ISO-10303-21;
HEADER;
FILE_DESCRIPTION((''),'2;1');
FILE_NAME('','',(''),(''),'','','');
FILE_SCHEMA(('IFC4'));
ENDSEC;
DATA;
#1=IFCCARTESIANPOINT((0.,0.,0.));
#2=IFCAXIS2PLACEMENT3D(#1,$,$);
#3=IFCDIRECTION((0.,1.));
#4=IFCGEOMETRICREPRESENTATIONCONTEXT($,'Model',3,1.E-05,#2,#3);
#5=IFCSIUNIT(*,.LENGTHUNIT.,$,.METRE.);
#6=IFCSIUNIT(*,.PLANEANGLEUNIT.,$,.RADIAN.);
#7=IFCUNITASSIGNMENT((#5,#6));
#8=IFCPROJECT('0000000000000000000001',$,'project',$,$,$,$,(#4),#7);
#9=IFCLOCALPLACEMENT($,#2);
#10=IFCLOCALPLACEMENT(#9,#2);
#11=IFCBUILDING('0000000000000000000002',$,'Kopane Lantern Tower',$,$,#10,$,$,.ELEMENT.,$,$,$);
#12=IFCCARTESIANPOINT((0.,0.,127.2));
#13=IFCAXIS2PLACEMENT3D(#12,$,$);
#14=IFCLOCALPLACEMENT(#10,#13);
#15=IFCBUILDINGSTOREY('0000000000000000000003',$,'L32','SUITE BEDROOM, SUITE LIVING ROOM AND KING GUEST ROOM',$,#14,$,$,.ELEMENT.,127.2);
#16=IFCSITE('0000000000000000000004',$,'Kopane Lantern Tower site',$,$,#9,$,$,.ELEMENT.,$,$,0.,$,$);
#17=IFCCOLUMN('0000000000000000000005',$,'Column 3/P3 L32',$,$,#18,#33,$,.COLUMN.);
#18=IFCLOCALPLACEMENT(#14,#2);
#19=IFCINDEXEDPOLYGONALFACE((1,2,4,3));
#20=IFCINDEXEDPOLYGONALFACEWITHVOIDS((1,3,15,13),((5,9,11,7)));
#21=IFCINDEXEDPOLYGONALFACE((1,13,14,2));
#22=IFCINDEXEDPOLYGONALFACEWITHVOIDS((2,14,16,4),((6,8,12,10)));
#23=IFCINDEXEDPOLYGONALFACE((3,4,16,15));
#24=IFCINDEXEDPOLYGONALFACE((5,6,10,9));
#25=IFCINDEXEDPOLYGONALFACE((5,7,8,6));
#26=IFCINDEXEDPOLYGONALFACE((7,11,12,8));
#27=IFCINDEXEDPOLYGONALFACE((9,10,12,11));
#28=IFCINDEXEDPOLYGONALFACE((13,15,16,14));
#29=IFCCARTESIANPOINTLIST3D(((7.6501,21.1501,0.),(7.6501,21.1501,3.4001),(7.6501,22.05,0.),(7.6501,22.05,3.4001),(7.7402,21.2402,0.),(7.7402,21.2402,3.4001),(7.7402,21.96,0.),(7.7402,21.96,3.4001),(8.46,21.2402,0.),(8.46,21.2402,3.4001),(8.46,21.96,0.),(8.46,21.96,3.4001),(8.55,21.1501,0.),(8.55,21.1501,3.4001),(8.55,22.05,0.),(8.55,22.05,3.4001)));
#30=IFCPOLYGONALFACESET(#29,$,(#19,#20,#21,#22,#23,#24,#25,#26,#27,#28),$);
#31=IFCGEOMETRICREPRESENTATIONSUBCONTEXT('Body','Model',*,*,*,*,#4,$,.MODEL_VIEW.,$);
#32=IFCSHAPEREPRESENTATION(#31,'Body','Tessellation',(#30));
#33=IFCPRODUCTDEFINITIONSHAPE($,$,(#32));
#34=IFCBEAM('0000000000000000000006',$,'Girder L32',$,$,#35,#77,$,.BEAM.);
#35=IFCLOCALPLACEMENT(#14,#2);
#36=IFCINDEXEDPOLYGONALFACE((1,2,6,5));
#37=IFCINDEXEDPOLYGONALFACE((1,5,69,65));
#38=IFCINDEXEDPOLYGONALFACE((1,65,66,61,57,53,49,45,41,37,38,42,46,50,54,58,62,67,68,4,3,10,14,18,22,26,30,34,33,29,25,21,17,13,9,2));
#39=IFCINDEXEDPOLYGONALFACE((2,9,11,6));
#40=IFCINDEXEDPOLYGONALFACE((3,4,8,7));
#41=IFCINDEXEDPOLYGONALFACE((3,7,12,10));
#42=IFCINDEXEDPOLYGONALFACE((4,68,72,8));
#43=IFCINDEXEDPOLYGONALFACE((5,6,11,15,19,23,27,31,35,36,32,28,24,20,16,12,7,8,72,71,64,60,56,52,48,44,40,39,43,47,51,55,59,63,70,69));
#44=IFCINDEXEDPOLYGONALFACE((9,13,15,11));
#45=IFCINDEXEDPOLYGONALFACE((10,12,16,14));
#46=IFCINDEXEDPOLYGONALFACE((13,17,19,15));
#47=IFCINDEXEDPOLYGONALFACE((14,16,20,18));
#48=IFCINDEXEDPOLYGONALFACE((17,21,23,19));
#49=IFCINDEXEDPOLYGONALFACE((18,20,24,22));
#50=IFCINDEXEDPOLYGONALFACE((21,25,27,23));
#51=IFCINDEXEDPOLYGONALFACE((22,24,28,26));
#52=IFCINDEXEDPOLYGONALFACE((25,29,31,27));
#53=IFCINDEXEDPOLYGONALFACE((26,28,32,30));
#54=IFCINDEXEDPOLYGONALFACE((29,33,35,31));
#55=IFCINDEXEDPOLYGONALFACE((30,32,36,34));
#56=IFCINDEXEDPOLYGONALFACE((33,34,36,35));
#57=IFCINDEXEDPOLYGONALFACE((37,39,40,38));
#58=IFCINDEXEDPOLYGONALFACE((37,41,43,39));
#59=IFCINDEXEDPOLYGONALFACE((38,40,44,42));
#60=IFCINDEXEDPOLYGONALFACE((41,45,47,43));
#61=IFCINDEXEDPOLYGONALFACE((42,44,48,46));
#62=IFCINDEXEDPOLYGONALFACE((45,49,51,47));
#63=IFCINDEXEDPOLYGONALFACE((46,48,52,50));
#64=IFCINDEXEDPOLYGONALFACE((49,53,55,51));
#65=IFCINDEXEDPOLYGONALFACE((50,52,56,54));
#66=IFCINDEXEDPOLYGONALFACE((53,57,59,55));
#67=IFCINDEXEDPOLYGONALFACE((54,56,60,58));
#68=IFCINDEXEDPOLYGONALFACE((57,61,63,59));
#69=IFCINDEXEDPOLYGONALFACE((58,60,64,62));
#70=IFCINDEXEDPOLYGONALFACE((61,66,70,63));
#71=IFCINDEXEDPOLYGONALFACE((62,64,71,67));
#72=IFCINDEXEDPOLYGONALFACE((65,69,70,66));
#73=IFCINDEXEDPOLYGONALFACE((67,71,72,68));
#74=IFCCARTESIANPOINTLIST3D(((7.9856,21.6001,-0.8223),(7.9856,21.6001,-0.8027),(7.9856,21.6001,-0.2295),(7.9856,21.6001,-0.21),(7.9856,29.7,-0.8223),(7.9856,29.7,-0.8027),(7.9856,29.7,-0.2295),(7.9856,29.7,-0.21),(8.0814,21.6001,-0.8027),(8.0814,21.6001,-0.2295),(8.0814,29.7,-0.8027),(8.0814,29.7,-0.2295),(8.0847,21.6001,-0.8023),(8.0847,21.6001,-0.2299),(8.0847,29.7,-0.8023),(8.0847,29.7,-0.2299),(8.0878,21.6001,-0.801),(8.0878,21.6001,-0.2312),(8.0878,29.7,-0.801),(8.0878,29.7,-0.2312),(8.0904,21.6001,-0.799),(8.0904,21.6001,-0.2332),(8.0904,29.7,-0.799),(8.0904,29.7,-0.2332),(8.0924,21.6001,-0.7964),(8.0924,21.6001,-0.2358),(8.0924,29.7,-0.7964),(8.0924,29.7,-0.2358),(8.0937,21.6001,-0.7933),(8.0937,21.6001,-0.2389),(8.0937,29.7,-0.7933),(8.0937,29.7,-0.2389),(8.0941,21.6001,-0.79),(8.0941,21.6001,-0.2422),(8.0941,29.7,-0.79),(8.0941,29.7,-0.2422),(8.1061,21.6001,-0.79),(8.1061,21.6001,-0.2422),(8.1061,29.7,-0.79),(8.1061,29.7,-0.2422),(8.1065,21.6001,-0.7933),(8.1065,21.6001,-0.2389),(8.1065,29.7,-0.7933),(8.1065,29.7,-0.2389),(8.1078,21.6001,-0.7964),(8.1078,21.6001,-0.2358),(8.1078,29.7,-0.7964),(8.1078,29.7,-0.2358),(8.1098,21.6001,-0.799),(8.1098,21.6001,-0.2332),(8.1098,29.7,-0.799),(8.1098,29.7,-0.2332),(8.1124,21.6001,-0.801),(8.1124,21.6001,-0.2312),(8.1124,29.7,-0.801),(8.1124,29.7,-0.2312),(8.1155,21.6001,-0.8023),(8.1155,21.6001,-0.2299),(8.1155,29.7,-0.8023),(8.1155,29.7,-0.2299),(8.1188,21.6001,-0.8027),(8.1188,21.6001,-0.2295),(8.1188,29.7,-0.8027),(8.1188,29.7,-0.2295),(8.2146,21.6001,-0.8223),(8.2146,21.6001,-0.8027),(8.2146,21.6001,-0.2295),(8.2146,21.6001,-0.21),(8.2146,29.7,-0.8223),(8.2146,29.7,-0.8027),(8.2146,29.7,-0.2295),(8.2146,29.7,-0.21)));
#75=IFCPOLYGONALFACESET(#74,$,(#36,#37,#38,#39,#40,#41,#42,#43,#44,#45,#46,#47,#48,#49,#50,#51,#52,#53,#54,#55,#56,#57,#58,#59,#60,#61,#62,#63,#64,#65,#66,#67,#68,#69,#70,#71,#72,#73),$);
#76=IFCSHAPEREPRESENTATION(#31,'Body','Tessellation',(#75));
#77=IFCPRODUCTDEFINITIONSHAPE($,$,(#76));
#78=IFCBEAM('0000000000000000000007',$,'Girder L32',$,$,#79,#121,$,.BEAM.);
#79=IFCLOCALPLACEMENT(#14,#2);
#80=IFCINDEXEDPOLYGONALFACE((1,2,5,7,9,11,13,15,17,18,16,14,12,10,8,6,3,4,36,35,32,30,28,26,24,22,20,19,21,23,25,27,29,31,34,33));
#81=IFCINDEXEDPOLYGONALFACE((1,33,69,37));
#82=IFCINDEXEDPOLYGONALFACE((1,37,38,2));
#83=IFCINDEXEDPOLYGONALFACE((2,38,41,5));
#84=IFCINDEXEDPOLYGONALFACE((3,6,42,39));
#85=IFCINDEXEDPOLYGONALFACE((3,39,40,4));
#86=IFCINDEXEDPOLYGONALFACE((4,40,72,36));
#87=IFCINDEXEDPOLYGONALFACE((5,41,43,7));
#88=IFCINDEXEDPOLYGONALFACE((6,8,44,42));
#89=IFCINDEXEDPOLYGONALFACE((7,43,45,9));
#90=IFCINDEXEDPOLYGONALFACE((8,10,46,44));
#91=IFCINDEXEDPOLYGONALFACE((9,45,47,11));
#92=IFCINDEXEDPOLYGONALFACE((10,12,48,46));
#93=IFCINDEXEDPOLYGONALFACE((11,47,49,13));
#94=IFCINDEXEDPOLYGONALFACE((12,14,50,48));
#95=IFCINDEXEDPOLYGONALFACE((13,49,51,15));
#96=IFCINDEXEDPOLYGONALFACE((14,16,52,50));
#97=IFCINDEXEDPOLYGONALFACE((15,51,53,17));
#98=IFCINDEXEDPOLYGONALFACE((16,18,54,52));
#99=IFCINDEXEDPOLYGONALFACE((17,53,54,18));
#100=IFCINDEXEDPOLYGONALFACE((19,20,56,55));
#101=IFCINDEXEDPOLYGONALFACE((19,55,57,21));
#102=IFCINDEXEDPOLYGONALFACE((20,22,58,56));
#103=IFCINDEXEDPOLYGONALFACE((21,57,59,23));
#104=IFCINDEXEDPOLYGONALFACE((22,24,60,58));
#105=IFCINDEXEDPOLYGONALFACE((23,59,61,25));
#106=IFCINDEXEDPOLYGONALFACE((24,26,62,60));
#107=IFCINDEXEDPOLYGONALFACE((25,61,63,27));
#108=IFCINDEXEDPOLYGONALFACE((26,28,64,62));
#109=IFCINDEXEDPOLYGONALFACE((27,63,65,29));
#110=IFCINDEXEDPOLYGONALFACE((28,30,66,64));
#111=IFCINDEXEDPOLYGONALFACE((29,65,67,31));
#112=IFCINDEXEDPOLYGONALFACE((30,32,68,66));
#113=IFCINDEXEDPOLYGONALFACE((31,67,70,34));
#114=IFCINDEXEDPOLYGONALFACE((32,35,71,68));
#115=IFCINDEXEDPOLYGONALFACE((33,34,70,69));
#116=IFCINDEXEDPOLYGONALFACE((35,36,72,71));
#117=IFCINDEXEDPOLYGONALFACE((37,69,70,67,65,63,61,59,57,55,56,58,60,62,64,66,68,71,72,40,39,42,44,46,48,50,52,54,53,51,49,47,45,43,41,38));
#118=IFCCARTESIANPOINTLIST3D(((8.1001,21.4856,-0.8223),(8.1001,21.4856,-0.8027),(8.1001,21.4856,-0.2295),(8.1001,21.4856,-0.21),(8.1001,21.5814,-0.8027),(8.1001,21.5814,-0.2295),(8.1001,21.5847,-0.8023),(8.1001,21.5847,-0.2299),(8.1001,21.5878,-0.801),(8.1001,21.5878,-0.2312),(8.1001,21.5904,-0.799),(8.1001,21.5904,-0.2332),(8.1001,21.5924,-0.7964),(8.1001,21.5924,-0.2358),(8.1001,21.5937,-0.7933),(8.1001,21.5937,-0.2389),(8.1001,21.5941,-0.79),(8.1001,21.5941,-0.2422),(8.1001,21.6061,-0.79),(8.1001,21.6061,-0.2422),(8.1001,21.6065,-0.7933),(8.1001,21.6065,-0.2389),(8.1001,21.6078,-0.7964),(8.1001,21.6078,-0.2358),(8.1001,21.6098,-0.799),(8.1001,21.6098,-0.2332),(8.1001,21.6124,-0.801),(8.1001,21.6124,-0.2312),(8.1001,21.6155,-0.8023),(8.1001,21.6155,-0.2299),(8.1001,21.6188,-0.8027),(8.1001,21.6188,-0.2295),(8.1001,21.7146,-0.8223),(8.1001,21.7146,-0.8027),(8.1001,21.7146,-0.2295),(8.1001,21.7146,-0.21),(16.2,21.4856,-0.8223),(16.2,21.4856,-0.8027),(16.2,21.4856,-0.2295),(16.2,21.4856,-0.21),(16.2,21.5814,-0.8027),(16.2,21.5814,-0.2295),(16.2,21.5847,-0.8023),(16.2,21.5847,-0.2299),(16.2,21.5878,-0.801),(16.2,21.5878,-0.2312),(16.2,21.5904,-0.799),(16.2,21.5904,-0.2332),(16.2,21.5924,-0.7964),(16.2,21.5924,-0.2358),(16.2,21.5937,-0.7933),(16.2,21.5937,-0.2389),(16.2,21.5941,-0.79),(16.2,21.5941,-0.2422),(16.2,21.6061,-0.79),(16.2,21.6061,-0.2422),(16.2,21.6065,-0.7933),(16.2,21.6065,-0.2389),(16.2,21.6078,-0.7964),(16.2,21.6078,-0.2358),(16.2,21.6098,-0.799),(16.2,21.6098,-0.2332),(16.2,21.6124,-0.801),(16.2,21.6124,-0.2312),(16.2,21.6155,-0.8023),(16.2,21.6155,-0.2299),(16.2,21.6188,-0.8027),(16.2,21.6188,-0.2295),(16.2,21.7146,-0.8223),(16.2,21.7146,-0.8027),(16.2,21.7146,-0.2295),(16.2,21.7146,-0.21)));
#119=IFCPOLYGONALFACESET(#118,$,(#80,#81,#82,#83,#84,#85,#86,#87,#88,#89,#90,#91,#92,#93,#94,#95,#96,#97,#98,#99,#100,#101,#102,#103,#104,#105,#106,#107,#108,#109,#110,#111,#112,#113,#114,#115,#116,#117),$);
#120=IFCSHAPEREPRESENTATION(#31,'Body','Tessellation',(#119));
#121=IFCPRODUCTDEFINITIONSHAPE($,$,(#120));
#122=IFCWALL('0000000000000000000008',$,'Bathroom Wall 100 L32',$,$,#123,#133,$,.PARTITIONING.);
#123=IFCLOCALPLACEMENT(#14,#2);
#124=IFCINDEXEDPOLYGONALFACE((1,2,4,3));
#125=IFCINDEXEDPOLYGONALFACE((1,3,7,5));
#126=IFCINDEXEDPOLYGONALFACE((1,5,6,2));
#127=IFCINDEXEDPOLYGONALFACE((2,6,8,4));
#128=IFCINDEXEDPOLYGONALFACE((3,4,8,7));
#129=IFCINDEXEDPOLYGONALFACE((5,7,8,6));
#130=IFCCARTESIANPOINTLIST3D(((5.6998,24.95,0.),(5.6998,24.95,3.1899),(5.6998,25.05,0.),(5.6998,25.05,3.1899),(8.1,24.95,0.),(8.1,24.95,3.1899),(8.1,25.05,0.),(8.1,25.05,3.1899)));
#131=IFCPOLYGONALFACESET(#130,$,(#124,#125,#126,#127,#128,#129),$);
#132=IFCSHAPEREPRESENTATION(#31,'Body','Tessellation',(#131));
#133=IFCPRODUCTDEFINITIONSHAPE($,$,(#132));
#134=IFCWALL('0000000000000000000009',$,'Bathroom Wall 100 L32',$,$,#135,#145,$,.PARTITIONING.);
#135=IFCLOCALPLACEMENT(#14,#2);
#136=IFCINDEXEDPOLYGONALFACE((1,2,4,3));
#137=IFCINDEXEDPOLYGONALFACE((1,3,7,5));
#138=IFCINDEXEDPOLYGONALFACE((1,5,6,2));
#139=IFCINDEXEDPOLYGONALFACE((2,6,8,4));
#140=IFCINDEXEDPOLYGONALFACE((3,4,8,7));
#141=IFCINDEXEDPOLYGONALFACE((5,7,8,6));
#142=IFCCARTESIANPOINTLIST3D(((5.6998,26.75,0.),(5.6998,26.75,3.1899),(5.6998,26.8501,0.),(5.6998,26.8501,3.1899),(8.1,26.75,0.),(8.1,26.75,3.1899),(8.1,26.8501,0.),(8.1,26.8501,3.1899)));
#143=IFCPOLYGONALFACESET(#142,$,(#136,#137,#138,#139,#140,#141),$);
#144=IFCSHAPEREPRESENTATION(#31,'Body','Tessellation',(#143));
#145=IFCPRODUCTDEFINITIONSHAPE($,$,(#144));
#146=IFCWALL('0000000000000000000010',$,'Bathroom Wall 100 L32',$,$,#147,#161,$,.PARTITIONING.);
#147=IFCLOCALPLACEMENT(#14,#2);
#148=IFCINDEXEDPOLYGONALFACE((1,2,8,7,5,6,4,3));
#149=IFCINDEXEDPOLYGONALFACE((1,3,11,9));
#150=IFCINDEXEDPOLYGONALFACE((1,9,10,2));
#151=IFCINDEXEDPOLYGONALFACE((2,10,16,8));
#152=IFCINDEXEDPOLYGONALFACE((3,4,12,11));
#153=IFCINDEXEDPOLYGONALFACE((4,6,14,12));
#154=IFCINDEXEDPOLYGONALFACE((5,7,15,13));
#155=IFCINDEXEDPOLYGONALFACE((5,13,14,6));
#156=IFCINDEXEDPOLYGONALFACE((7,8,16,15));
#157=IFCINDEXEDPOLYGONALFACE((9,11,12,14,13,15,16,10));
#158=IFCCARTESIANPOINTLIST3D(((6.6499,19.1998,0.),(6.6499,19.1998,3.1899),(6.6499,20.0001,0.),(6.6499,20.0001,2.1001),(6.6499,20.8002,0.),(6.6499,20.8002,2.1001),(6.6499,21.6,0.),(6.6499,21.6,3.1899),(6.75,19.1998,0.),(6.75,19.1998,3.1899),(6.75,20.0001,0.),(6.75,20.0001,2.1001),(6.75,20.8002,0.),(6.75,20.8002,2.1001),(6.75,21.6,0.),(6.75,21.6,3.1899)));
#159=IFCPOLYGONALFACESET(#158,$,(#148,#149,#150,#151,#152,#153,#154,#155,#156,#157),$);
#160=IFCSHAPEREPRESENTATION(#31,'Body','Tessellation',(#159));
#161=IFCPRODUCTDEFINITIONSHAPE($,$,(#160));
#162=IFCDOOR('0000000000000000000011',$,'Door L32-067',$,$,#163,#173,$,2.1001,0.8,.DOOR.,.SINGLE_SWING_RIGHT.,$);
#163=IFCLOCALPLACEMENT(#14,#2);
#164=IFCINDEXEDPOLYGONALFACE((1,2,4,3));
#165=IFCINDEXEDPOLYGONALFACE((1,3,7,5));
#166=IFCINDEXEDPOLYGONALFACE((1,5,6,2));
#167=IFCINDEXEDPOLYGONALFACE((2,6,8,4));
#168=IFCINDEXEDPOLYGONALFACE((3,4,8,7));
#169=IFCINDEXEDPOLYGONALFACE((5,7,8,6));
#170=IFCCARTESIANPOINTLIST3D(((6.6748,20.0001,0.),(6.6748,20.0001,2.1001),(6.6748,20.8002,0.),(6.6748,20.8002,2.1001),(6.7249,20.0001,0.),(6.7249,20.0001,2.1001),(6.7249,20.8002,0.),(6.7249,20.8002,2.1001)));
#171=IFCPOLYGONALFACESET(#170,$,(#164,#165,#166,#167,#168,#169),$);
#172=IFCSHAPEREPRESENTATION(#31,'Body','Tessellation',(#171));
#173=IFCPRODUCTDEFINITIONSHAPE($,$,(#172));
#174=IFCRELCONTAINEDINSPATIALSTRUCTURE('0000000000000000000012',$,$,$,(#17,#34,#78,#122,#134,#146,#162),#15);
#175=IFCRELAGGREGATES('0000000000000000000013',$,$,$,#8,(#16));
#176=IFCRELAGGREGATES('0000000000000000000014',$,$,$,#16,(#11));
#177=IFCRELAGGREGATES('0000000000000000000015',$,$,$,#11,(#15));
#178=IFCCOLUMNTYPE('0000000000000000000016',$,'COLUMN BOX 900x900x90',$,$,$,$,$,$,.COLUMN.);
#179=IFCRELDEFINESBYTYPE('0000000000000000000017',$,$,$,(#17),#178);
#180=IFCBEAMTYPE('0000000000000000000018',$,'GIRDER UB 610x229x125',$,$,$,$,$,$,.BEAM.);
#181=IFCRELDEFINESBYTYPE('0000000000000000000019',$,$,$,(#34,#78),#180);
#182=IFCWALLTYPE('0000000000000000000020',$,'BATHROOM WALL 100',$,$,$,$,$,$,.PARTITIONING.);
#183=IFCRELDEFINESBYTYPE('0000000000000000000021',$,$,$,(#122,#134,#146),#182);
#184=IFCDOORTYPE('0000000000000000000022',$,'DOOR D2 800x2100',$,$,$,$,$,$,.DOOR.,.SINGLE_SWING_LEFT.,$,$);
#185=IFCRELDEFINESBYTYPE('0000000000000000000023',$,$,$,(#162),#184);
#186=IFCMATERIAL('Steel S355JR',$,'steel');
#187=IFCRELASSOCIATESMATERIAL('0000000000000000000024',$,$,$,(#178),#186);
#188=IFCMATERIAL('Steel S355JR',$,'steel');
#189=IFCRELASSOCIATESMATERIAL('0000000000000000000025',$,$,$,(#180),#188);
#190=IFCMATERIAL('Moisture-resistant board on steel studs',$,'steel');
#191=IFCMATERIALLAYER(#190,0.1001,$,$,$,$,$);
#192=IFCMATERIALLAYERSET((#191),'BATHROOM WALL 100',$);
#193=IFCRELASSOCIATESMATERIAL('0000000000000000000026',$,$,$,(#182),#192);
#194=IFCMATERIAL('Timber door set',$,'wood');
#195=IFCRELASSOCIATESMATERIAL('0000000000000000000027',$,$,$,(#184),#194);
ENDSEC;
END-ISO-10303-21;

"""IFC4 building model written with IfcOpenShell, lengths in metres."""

from ifc_helpers import new_model, si_unit, direction, frame, frame_2d, origin, origin_2d, place, context, subcontext, project, spatial, rectangle, hollow_rectangle, i_section, extrude, material, layer, layer_set, material_profile, profile_set, type_object, element, fill, save


model = new_model("IFC4")

# Units and contexts
model_context = context("Model", 3, precision=1e-05, world=origin(), true_north=direction((0.0, 1.0)))
body_context = subcontext(model_context, "Body", "Model", "MODEL_VIEW")
ifc_project = project(units=[si_unit("LENGTHUNIT", "METRE"), si_unit("PLANEANGLEUNIT", "RADIAN")], contexts=[model_context])

# Site, building, storey
site_placement = place(None, origin())
site = spatial("IfcSite", under=ifc_project, at=site_placement, Name="Kopane Lantern Tower site", CompositionType="ELEMENT", RefElevation=0.0)
building_placement = place(site_placement, origin())
building = spatial("IfcBuilding", under=site, at=building_placement, Name="Kopane Lantern Tower", CompositionType="ELEMENT")
storey_placement = place(building_placement, frame((0.0, 0.0, 127.2)))
storey = spatial("IfcBuildingStorey", under=building, at=storey_placement, Name="L32", Description="SUITE BEDROOM, SUITE LIVING ROOM AND KING GUEST ROOM", CompositionType="ELEMENT", Elevation=127.2)

# Column
ifc_material_1 = material(Name="Steel S355JR", Category="steel")
ifc_material_profile_1 = material_profile(ifc_material_1, hollow_rectangle(XDim=0.8999, YDim=0.8999, WallThickness=0.0901, at=origin_2d()), Name="BOX 900x900x90")
ifc_profile_set_1 = profile_set([ifc_material_profile_1], Name="Steel S355JR")
column_type = type_object("IfcColumnType", Name="COLUMN BOX 900x900x90", PredefinedType="COLUMN", material=ifc_profile_set_1)
column_placement = place(storey_placement, frame((8.1001, 21.6001, 0.0), z_axis=(0.0, 0.0, 1.0), x_axis=(1.0, 0.0, 0.0)))
element("IfcColumn", 1, at=column_placement, inside=storey, type_object=column_type, Name="Column 3/P3 L32", PredefinedType="COLUMN", context=body_context, shape_type="SweptSolid", body=[
    extrude(hollow_rectangle(XDim=0.8999, YDim=0.8999, WallThickness=0.0901, at=origin_2d()), origin(), (0.0, 0.0, 1.0), 3.4001),
])

# Beams
ifc_material_2 = material(Name="Steel S355JR", Category="steel")
ifc_material_profile_2 = material_profile(ifc_material_2, i_section(OverallWidth=0.229, OverallDepth=0.6123, WebThickness=0.012, FlangeThickness=0.0195, FilletRadius=0.0127, at=origin_2d()), Name="UB 610x229x125")
ifc_profile_set_2 = profile_set([ifc_material_profile_2], Name="Steel S355JR")
beam_type = type_object("IfcBeamType", Name="GIRDER UB 610x229x125", PredefinedType="BEAM", material=ifc_profile_set_2)
for number, where, z_axis, x_axis, name in (
    (2, (8.1001, 21.6001, -0.5161), (0.0, 1.0, 0.0), (-1.0, 0.0, 0.0), "Girder L32"),
    (3, (8.1001, 21.6001, -0.5161), (1.0, 0.0, 0.0), (0.0, 1.0, 0.0), "Girder L32"),
):
    element("IfcBeam", number, at=place(storey_placement, frame(where, z_axis=z_axis, x_axis=x_axis)), inside=storey, type_object=beam_type, Name=name, PredefinedType="BEAM", context=body_context, shape_type="SweptSolid", body=[
        extrude(i_section(OverallWidth=0.229, OverallDepth=0.6123, WebThickness=0.012, FlangeThickness=0.0195, FilletRadius=0.0127, at=origin_2d()), origin(), (0.0, 0.0, 1.0), 8.0999),
    ])

# Walls
ifc_material_3 = material(Name="Moisture-resistant board on steel studs", Category="steel")
ifc_layer_1 = layer(ifc_material_3, 0.1001)
ifc_layer_set_1 = layer_set([ifc_layer_1], Name="BATHROOM WALL 100")
wall_type_1 = type_object("IfcWallType", Name="BATHROOM WALL 100", PredefinedType="PARTITIONING", material=ifc_layer_set_1)
for number, where, z_axis, x_axis, name in (
    (4, (8.1001, 25.0, 0.0), (0.0, 0.0, 1.0), (-1.0, 0.0, 0.0), "Bathroom Wall 100 L32"),
    (5, (8.1001, 26.8, 0.0), (0.0, 0.0, 1.0), (-1.0, 0.0, 0.0), "Bathroom Wall 100 L32"),
):
    element("IfcWall", number, at=place(storey_placement, frame(where, z_axis=z_axis, x_axis=x_axis)), inside=storey, type_object=wall_type_1, Name=name, PredefinedType="PARTITIONING", context=body_context, shape_type="SweptSolid", body=[
        extrude(rectangle(XDim=2.4001, YDim=0.1001, at=frame_2d((1.2002, 0.0))), origin(), (0.0, 0.0, 1.0), 3.1899),
    ])

# Wall, opening, door
wall_1_placement = place(storey_placement, frame((6.7, 21.6001, 0.0), z_axis=(0.0, 0.0, 1.0), x_axis=(0.0, -1.0, 0.0)))
wall_1 = element("IfcWall", 6, at=wall_1_placement, inside=storey, type_object=wall_type_1, Name="Bathroom Wall 100 L32", PredefinedType="PARTITIONING", context=body_context, shape_type="SweptSolid", body=[
    extrude(rectangle(XDim=2.4001, YDim=0.1001, at=frame_2d((1.2002, 0.0))), origin(), (0.0, 0.0, 1.0), 3.1899),
])
opening_1_placement = place(wall_1_placement, frame((0.8, 0.0, 0.0)))
opening_1 = element("IfcOpeningElement", 7, at=opening_1_placement, cuts=wall_1, PredefinedType="OPENING", context=body_context, shape_type="SweptSolid", body=[
    extrude(rectangle(XDim=0.8, YDim=2.1001, at=frame_2d((0.3999, 1.05))), frame((0.0, 0.0601, 0.0), z_axis=(0.0, -1.0, 0.0), x_axis=(1.0, 0.0, 0.0)), (0.0, 0.0, 1.0), 0.1201),
])
ifc_material_4 = material(Name="Timber door set", Category="wood")
door_type_1 = type_object("IfcDoorType", Name="DOOR D2 800x2100", OperationType="SINGLE_SWING_LEFT", PredefinedType="DOOR", material=ifc_material_4)
door_1_placement = place(opening_1_placement, origin())
door_1 = element("IfcDoor", 8, at=door_1_placement, inside=storey, type_object=door_type_1, Name="Door L32-067", OperationType="SINGLE_SWING_RIGHT", OverallHeight=2.1001, OverallWidth=0.8, PredefinedType="DOOR", context=body_context, shape_type="SweptSolid", body=[
    extrude(rectangle(XDim=0.8, YDim=2.1001, at=frame_2d((0.3999, 1.05))), frame((0.0, 0.0249, 0.0), z_axis=(0.0, -1.0, 0.0), x_axis=(1.0, 0.0, 0.0)), (0.0, 0.0, 1.0), 0.05),
])
fill(opening_1, door_1)

save(model, "model.ifc")
